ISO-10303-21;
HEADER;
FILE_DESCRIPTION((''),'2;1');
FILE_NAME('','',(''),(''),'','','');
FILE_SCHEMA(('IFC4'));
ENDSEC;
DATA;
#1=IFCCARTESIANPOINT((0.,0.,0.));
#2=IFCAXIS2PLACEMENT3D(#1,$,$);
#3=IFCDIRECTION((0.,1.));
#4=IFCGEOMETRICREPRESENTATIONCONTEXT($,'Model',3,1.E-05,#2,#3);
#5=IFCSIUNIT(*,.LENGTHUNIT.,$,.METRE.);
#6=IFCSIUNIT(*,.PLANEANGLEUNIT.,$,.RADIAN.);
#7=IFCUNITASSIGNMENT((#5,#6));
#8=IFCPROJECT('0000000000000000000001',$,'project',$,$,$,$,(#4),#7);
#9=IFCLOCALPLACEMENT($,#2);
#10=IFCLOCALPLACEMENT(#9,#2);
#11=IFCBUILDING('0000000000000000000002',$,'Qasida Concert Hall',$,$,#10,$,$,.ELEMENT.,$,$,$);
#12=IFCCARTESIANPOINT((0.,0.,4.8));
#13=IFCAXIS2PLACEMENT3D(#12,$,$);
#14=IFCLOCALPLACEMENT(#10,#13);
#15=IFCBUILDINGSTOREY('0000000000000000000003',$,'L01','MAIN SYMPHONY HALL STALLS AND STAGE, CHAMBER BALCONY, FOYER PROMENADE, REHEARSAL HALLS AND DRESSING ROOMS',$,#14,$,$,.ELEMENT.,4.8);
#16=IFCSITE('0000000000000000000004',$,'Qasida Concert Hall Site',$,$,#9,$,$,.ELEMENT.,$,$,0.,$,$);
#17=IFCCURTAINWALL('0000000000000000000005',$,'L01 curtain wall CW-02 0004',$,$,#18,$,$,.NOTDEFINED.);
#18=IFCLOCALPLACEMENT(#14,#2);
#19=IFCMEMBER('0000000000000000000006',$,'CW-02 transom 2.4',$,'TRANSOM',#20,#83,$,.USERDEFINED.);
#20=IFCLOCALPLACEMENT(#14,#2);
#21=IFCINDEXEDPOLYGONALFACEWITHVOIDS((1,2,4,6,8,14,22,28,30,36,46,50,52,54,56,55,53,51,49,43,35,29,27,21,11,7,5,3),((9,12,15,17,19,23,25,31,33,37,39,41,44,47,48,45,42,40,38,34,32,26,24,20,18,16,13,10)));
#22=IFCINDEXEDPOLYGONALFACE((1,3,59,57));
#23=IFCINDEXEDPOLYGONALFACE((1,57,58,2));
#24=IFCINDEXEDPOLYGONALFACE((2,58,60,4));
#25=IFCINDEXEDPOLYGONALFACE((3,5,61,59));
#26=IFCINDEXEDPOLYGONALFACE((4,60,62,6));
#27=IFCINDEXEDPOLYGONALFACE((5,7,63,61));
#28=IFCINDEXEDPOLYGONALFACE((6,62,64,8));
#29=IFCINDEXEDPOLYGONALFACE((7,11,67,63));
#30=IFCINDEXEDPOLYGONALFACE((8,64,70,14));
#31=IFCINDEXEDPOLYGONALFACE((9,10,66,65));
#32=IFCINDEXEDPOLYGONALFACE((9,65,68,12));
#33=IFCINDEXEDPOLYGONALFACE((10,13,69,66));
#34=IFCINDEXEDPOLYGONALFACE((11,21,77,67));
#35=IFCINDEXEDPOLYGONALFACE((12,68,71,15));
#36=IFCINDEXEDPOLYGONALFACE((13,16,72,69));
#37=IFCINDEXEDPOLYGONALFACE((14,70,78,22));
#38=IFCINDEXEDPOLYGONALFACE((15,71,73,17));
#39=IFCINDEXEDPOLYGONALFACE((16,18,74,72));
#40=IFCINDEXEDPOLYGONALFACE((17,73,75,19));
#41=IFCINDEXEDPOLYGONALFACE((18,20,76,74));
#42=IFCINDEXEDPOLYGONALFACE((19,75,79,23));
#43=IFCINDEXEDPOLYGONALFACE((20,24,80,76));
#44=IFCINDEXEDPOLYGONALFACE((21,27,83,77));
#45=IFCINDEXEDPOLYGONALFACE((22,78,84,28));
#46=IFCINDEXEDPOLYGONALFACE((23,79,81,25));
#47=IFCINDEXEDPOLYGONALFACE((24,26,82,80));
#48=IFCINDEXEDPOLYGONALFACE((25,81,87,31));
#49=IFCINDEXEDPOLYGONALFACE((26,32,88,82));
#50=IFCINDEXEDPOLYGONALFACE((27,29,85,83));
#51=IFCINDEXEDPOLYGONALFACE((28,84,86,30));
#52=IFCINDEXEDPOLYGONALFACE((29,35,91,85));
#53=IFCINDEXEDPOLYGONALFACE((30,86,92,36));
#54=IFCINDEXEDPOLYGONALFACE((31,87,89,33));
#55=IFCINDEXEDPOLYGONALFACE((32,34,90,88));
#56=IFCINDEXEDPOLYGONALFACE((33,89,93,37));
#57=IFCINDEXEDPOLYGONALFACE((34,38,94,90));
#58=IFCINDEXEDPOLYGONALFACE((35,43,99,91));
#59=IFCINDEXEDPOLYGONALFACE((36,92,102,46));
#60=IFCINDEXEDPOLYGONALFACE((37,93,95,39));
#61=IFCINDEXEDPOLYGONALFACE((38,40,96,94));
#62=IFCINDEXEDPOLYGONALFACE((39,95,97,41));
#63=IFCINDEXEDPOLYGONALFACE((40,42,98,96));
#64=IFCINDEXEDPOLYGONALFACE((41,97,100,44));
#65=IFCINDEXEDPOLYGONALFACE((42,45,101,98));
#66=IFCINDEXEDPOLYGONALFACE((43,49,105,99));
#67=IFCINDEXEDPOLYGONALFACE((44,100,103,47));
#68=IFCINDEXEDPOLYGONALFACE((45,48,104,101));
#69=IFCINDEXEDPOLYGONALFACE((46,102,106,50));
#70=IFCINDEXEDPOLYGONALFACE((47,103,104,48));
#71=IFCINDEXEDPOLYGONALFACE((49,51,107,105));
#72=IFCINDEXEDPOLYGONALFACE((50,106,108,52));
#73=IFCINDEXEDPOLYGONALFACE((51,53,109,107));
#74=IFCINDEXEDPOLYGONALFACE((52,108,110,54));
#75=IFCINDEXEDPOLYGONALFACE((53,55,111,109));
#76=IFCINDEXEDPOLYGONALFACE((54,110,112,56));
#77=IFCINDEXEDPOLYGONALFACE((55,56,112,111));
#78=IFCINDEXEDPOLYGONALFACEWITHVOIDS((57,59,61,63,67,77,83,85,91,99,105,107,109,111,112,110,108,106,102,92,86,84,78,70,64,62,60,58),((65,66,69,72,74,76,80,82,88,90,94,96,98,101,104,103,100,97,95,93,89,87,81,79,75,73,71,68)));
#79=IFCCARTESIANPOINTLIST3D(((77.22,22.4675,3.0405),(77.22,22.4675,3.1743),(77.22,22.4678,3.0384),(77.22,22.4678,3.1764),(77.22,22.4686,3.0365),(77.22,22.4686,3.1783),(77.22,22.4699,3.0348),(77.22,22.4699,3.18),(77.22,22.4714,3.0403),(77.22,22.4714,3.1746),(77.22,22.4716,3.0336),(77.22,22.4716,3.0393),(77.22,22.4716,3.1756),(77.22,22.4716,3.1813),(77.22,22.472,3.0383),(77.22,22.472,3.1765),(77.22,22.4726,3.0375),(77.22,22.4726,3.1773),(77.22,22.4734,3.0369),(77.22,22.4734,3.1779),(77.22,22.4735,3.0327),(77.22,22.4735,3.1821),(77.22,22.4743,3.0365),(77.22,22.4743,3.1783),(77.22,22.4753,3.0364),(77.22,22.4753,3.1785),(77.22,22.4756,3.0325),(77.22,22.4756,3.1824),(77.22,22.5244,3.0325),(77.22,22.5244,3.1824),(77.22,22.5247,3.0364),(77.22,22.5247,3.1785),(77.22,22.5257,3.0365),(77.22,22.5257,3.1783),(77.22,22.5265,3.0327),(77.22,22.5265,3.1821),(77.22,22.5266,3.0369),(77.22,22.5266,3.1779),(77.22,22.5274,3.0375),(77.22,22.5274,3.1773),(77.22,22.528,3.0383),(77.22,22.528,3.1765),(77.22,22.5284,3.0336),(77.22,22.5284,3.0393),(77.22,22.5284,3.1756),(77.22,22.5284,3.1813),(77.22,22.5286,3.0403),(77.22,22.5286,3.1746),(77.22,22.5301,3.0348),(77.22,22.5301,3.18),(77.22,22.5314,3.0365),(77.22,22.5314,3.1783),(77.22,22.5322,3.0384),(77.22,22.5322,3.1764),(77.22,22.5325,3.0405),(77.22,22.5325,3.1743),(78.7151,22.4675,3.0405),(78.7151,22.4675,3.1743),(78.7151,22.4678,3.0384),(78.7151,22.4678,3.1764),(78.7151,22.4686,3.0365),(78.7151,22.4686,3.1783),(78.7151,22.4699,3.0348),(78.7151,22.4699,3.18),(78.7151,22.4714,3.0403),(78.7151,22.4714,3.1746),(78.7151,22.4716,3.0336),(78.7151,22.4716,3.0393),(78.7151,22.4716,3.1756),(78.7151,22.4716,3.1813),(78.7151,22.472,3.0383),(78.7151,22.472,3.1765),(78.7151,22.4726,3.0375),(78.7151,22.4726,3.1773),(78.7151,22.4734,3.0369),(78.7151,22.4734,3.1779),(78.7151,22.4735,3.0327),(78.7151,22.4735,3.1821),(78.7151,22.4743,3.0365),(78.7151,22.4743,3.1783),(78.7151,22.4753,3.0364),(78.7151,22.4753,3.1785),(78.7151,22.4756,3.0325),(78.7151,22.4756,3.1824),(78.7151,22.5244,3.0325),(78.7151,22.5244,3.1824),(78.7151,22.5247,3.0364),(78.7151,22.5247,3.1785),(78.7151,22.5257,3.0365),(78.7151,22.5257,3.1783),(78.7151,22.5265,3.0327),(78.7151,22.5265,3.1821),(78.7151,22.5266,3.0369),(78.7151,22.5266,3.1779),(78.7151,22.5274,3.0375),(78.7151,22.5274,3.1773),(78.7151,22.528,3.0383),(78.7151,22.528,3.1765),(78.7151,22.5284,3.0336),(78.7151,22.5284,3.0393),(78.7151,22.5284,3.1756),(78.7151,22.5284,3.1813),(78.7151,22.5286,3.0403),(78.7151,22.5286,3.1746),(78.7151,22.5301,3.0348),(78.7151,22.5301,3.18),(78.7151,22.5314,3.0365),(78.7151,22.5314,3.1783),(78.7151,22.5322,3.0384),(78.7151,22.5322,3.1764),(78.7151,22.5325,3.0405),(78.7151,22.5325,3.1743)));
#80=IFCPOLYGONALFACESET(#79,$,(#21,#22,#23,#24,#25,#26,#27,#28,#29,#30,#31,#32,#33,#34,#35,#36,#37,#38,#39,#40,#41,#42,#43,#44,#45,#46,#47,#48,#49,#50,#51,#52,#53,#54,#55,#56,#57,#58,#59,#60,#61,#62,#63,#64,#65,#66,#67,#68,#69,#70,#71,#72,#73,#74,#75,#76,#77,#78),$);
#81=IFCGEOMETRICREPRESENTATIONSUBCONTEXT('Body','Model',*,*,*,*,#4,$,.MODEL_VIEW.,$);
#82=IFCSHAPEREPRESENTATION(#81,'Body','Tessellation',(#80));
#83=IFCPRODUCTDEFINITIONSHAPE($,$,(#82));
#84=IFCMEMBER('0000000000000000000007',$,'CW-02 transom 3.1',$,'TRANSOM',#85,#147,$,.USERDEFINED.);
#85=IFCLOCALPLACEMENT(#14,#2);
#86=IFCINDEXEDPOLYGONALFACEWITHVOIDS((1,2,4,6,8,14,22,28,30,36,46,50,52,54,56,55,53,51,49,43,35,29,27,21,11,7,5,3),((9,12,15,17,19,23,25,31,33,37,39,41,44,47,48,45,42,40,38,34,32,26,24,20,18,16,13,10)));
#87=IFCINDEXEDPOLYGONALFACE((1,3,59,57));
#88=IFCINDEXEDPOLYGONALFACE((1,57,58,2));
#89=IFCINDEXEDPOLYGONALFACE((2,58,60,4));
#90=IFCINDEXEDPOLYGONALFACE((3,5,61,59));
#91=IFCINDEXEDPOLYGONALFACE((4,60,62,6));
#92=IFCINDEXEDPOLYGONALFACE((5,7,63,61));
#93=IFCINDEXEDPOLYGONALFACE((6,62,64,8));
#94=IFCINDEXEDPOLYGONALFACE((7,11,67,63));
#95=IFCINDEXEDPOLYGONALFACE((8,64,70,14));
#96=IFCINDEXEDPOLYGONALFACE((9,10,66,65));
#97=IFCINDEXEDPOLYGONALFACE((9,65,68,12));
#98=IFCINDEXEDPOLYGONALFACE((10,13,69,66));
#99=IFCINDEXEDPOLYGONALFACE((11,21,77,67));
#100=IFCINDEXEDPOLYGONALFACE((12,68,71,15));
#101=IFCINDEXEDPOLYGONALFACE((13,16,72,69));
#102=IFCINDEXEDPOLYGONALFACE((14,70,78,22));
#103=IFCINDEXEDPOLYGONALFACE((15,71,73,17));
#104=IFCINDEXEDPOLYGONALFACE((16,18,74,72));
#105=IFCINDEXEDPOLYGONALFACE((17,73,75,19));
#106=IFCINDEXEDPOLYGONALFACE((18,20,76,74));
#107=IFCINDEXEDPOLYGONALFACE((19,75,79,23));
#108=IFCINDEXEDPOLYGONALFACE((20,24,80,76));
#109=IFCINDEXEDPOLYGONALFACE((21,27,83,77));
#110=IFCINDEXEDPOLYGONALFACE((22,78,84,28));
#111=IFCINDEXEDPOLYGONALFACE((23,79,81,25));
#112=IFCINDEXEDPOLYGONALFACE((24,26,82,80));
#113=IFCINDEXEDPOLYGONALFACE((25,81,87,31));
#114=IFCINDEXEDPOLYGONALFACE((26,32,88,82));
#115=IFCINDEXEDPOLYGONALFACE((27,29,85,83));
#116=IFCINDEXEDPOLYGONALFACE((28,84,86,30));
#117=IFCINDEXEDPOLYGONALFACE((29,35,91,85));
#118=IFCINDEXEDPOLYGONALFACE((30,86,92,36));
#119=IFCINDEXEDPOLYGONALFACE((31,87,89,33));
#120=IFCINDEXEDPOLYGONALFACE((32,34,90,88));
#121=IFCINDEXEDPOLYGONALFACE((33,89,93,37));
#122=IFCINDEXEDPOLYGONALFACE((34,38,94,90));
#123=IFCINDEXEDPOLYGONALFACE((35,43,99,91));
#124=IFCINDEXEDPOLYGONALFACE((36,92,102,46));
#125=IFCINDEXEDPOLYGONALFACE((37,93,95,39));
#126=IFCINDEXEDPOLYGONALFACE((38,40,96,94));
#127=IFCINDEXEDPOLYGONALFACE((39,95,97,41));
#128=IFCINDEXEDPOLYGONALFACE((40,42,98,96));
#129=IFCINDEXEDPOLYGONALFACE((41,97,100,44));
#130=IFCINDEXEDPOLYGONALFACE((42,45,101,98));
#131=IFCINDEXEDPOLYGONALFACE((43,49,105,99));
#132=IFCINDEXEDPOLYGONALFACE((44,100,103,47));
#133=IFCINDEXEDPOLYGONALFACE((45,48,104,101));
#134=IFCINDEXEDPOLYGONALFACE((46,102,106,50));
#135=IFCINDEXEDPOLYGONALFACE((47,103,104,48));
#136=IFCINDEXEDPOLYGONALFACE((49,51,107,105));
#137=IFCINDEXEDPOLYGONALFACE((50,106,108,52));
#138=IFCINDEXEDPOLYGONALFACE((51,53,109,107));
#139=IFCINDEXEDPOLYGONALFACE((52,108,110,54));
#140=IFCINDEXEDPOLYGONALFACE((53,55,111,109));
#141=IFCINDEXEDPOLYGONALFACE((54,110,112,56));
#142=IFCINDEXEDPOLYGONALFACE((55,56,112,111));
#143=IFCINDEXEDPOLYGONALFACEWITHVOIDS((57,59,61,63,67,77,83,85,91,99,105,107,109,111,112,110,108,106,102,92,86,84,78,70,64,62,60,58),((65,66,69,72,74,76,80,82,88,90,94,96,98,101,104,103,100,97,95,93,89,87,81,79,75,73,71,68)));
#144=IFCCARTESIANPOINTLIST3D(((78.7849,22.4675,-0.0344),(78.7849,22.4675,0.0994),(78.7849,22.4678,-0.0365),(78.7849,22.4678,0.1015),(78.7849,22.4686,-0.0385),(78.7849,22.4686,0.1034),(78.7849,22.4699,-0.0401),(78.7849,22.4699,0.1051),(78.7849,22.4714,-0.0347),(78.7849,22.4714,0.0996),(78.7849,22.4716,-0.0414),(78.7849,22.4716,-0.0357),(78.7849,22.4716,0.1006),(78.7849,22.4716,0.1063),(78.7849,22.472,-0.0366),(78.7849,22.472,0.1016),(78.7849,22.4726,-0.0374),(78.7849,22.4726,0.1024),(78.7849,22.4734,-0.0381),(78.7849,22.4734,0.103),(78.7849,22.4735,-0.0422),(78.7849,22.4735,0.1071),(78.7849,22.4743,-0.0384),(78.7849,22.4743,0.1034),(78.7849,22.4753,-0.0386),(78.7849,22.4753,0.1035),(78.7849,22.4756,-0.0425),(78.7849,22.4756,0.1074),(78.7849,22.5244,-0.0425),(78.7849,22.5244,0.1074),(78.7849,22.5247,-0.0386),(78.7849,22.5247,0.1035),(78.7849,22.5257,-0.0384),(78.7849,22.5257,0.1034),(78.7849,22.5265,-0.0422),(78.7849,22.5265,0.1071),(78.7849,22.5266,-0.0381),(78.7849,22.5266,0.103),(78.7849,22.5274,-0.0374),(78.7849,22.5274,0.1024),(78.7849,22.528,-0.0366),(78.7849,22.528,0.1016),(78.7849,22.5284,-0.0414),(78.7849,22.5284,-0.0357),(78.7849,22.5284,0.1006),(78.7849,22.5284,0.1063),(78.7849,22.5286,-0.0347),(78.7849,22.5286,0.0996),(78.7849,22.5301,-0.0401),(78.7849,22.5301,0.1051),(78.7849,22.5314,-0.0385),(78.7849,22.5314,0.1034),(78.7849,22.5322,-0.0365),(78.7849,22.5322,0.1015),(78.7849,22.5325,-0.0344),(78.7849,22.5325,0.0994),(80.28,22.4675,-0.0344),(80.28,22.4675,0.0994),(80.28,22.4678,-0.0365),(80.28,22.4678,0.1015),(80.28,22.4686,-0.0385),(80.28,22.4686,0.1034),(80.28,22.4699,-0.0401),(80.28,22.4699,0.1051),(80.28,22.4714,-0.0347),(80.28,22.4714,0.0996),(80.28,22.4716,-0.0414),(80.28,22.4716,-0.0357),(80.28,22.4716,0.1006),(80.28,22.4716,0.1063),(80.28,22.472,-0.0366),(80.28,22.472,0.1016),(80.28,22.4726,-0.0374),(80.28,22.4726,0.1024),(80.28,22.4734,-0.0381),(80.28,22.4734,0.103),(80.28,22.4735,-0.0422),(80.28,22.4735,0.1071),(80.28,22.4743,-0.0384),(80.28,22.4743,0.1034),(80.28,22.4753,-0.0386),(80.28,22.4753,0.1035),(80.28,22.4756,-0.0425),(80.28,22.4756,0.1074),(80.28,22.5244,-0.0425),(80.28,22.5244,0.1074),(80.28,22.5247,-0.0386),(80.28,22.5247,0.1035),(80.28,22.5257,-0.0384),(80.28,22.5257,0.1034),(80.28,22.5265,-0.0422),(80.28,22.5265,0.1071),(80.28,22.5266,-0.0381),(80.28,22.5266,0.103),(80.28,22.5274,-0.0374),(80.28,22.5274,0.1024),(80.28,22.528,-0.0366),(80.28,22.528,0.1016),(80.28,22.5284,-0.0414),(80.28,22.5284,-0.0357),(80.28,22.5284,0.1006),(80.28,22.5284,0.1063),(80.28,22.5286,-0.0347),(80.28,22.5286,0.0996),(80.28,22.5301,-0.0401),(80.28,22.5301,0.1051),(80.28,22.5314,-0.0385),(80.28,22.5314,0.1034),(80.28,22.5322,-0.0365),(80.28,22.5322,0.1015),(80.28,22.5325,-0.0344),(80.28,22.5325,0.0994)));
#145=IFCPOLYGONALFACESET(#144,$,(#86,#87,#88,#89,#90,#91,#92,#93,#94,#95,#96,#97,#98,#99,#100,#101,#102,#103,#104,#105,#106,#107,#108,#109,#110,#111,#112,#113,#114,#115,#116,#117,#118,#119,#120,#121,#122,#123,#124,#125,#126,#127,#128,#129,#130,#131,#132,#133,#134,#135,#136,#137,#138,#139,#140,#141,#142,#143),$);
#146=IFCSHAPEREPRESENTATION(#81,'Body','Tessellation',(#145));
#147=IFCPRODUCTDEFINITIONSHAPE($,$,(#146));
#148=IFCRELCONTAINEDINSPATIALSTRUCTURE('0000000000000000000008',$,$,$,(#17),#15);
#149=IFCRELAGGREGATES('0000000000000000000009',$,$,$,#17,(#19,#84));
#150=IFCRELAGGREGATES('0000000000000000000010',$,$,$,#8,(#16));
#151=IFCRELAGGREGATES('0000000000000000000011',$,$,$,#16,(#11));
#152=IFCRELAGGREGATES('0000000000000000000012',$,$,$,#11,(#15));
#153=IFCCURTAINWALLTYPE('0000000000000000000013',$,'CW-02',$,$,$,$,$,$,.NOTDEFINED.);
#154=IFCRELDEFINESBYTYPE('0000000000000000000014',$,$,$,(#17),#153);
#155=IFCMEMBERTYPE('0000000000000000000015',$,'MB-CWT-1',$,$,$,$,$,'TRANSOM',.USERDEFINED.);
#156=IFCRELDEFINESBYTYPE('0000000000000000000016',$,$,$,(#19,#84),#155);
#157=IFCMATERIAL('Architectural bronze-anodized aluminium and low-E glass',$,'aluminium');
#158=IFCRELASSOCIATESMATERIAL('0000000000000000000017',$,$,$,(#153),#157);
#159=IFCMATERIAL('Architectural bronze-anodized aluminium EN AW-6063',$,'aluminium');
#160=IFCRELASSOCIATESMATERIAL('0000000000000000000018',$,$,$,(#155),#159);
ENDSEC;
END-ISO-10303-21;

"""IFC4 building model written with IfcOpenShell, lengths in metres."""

from ifc_helpers import new_model, si_unit, direction, frame, origin, origin_2d, place, context, subcontext, project, spatial, hollow_rectangle, extrude, material, material_profile, profile_set, type_object, element, aggregate, save


model = new_model("IFC4")

# Units and contexts
model_context = context("Model", 3, precision=1e-05, world=origin(), true_north=direction((0.0, 1.0)))
body_context = subcontext(model_context, "Body", "Model", "MODEL_VIEW")
ifc_project = project(units=[si_unit("LENGTHUNIT", "METRE"), si_unit("PLANEANGLEUNIT", "RADIAN")], contexts=[model_context])

# Site, building, storey
site_placement = place(None, origin())
site = spatial("IfcSite", under=ifc_project, at=site_placement, Name="Qasida Concert Hall Site", CompositionType="ELEMENT", RefElevation=0.0)
building_placement = place(site_placement, origin())
building = spatial("IfcBuilding", under=site, at=building_placement, Name="Qasida Concert Hall", CompositionType="ELEMENT")
storey_placement = place(building_placement, frame((0.0, 0.0, 4.8)))
storey = spatial("IfcBuildingStorey", under=building, at=storey_placement, Name="L01", Description="MAIN SYMPHONY HALL STALLS AND STAGE, CHAMBER BALCONY, FOYER PROMENADE, REHEARSAL HALLS AND DRESSING ROOMS", CompositionType="ELEMENT", Elevation=4.8)

# Curtain wall, members
ifc_material_1 = material(Name="Architectural bronze-anodized aluminium and low-E glass", Category="aluminium")
curtain_wall_type = type_object("IfcCurtainWallType", Name="CW-02", PredefinedType="NOTDEFINED", material=ifc_material_1)
curtain_wall_placement = place(storey_placement, origin())
curtain_wall = element("IfcCurtainWall", 1, at=curtain_wall_placement, inside=storey, type_object=curtain_wall_type, Name="L01 curtain wall CW-02 0004", PredefinedType="NOTDEFINED")
ifc_material_2 = material(Name="Architectural bronze-anodized aluminium EN AW-6063", Category="aluminium")
ifc_material_profile_1 = material_profile(ifc_material_2, hollow_rectangle(XDim=0.0649, YDim=0.1499, WallThickness=0.0039, InnerFilletRadius=0.0039, OuterFilletRadius=0.0081, at=origin_2d()), Name="CWT 150x65x4")
ifc_profile_set_1 = profile_set([ifc_material_profile_1], Name="Architectural bronze-anodized aluminium EN AW-6063")
member_type_1 = type_object("IfcMemberType", Name="MB-CWT-1", ElementType="TRANSOM", PredefinedType="USERDEFINED", material=ifc_profile_set_1)
member_1_placement = place(storey_placement, frame((77.22, 22.5, 3.1074), z_axis=(1.0, 0.0, 0.0), x_axis=(0.0, 1.0, 0.0)))
member_1 = element("IfcMember", 2, at=member_1_placement, type_object=member_type_1, Name="CW-02 transom 2.4", ObjectType="TRANSOM", PredefinedType="USERDEFINED", context=body_context, shape_type="SweptSolid", body=[
    extrude(hollow_rectangle(XDim=0.0649, YDim=0.1499, WallThickness=0.0039, InnerFilletRadius=0.0039, OuterFilletRadius=0.0081, at=origin_2d()), origin(), (0.0, 0.0, 1.0), 1.4951),
])
member_2_placement = place(storey_placement, frame((78.7849, 22.5, 0.0325), z_axis=(1.0, 0.0, 0.0), x_axis=(0.0, 1.0, 0.0)))
member_2 = element("IfcMember", 3, at=member_2_placement, type_object=member_type_1, Name="CW-02 transom 3.1", ObjectType="TRANSOM", PredefinedType="USERDEFINED", context=body_context, shape_type="SweptSolid", body=[
    extrude(hollow_rectangle(XDim=0.0649, YDim=0.1499, WallThickness=0.0039, InnerFilletRadius=0.0039, OuterFilletRadius=0.0081, at=origin_2d()), origin(), (0.0, 0.0, 1.0), 1.4951),
])
aggregate(curtain_wall, [member_1, member_2])

save(model, "model.ifc")
